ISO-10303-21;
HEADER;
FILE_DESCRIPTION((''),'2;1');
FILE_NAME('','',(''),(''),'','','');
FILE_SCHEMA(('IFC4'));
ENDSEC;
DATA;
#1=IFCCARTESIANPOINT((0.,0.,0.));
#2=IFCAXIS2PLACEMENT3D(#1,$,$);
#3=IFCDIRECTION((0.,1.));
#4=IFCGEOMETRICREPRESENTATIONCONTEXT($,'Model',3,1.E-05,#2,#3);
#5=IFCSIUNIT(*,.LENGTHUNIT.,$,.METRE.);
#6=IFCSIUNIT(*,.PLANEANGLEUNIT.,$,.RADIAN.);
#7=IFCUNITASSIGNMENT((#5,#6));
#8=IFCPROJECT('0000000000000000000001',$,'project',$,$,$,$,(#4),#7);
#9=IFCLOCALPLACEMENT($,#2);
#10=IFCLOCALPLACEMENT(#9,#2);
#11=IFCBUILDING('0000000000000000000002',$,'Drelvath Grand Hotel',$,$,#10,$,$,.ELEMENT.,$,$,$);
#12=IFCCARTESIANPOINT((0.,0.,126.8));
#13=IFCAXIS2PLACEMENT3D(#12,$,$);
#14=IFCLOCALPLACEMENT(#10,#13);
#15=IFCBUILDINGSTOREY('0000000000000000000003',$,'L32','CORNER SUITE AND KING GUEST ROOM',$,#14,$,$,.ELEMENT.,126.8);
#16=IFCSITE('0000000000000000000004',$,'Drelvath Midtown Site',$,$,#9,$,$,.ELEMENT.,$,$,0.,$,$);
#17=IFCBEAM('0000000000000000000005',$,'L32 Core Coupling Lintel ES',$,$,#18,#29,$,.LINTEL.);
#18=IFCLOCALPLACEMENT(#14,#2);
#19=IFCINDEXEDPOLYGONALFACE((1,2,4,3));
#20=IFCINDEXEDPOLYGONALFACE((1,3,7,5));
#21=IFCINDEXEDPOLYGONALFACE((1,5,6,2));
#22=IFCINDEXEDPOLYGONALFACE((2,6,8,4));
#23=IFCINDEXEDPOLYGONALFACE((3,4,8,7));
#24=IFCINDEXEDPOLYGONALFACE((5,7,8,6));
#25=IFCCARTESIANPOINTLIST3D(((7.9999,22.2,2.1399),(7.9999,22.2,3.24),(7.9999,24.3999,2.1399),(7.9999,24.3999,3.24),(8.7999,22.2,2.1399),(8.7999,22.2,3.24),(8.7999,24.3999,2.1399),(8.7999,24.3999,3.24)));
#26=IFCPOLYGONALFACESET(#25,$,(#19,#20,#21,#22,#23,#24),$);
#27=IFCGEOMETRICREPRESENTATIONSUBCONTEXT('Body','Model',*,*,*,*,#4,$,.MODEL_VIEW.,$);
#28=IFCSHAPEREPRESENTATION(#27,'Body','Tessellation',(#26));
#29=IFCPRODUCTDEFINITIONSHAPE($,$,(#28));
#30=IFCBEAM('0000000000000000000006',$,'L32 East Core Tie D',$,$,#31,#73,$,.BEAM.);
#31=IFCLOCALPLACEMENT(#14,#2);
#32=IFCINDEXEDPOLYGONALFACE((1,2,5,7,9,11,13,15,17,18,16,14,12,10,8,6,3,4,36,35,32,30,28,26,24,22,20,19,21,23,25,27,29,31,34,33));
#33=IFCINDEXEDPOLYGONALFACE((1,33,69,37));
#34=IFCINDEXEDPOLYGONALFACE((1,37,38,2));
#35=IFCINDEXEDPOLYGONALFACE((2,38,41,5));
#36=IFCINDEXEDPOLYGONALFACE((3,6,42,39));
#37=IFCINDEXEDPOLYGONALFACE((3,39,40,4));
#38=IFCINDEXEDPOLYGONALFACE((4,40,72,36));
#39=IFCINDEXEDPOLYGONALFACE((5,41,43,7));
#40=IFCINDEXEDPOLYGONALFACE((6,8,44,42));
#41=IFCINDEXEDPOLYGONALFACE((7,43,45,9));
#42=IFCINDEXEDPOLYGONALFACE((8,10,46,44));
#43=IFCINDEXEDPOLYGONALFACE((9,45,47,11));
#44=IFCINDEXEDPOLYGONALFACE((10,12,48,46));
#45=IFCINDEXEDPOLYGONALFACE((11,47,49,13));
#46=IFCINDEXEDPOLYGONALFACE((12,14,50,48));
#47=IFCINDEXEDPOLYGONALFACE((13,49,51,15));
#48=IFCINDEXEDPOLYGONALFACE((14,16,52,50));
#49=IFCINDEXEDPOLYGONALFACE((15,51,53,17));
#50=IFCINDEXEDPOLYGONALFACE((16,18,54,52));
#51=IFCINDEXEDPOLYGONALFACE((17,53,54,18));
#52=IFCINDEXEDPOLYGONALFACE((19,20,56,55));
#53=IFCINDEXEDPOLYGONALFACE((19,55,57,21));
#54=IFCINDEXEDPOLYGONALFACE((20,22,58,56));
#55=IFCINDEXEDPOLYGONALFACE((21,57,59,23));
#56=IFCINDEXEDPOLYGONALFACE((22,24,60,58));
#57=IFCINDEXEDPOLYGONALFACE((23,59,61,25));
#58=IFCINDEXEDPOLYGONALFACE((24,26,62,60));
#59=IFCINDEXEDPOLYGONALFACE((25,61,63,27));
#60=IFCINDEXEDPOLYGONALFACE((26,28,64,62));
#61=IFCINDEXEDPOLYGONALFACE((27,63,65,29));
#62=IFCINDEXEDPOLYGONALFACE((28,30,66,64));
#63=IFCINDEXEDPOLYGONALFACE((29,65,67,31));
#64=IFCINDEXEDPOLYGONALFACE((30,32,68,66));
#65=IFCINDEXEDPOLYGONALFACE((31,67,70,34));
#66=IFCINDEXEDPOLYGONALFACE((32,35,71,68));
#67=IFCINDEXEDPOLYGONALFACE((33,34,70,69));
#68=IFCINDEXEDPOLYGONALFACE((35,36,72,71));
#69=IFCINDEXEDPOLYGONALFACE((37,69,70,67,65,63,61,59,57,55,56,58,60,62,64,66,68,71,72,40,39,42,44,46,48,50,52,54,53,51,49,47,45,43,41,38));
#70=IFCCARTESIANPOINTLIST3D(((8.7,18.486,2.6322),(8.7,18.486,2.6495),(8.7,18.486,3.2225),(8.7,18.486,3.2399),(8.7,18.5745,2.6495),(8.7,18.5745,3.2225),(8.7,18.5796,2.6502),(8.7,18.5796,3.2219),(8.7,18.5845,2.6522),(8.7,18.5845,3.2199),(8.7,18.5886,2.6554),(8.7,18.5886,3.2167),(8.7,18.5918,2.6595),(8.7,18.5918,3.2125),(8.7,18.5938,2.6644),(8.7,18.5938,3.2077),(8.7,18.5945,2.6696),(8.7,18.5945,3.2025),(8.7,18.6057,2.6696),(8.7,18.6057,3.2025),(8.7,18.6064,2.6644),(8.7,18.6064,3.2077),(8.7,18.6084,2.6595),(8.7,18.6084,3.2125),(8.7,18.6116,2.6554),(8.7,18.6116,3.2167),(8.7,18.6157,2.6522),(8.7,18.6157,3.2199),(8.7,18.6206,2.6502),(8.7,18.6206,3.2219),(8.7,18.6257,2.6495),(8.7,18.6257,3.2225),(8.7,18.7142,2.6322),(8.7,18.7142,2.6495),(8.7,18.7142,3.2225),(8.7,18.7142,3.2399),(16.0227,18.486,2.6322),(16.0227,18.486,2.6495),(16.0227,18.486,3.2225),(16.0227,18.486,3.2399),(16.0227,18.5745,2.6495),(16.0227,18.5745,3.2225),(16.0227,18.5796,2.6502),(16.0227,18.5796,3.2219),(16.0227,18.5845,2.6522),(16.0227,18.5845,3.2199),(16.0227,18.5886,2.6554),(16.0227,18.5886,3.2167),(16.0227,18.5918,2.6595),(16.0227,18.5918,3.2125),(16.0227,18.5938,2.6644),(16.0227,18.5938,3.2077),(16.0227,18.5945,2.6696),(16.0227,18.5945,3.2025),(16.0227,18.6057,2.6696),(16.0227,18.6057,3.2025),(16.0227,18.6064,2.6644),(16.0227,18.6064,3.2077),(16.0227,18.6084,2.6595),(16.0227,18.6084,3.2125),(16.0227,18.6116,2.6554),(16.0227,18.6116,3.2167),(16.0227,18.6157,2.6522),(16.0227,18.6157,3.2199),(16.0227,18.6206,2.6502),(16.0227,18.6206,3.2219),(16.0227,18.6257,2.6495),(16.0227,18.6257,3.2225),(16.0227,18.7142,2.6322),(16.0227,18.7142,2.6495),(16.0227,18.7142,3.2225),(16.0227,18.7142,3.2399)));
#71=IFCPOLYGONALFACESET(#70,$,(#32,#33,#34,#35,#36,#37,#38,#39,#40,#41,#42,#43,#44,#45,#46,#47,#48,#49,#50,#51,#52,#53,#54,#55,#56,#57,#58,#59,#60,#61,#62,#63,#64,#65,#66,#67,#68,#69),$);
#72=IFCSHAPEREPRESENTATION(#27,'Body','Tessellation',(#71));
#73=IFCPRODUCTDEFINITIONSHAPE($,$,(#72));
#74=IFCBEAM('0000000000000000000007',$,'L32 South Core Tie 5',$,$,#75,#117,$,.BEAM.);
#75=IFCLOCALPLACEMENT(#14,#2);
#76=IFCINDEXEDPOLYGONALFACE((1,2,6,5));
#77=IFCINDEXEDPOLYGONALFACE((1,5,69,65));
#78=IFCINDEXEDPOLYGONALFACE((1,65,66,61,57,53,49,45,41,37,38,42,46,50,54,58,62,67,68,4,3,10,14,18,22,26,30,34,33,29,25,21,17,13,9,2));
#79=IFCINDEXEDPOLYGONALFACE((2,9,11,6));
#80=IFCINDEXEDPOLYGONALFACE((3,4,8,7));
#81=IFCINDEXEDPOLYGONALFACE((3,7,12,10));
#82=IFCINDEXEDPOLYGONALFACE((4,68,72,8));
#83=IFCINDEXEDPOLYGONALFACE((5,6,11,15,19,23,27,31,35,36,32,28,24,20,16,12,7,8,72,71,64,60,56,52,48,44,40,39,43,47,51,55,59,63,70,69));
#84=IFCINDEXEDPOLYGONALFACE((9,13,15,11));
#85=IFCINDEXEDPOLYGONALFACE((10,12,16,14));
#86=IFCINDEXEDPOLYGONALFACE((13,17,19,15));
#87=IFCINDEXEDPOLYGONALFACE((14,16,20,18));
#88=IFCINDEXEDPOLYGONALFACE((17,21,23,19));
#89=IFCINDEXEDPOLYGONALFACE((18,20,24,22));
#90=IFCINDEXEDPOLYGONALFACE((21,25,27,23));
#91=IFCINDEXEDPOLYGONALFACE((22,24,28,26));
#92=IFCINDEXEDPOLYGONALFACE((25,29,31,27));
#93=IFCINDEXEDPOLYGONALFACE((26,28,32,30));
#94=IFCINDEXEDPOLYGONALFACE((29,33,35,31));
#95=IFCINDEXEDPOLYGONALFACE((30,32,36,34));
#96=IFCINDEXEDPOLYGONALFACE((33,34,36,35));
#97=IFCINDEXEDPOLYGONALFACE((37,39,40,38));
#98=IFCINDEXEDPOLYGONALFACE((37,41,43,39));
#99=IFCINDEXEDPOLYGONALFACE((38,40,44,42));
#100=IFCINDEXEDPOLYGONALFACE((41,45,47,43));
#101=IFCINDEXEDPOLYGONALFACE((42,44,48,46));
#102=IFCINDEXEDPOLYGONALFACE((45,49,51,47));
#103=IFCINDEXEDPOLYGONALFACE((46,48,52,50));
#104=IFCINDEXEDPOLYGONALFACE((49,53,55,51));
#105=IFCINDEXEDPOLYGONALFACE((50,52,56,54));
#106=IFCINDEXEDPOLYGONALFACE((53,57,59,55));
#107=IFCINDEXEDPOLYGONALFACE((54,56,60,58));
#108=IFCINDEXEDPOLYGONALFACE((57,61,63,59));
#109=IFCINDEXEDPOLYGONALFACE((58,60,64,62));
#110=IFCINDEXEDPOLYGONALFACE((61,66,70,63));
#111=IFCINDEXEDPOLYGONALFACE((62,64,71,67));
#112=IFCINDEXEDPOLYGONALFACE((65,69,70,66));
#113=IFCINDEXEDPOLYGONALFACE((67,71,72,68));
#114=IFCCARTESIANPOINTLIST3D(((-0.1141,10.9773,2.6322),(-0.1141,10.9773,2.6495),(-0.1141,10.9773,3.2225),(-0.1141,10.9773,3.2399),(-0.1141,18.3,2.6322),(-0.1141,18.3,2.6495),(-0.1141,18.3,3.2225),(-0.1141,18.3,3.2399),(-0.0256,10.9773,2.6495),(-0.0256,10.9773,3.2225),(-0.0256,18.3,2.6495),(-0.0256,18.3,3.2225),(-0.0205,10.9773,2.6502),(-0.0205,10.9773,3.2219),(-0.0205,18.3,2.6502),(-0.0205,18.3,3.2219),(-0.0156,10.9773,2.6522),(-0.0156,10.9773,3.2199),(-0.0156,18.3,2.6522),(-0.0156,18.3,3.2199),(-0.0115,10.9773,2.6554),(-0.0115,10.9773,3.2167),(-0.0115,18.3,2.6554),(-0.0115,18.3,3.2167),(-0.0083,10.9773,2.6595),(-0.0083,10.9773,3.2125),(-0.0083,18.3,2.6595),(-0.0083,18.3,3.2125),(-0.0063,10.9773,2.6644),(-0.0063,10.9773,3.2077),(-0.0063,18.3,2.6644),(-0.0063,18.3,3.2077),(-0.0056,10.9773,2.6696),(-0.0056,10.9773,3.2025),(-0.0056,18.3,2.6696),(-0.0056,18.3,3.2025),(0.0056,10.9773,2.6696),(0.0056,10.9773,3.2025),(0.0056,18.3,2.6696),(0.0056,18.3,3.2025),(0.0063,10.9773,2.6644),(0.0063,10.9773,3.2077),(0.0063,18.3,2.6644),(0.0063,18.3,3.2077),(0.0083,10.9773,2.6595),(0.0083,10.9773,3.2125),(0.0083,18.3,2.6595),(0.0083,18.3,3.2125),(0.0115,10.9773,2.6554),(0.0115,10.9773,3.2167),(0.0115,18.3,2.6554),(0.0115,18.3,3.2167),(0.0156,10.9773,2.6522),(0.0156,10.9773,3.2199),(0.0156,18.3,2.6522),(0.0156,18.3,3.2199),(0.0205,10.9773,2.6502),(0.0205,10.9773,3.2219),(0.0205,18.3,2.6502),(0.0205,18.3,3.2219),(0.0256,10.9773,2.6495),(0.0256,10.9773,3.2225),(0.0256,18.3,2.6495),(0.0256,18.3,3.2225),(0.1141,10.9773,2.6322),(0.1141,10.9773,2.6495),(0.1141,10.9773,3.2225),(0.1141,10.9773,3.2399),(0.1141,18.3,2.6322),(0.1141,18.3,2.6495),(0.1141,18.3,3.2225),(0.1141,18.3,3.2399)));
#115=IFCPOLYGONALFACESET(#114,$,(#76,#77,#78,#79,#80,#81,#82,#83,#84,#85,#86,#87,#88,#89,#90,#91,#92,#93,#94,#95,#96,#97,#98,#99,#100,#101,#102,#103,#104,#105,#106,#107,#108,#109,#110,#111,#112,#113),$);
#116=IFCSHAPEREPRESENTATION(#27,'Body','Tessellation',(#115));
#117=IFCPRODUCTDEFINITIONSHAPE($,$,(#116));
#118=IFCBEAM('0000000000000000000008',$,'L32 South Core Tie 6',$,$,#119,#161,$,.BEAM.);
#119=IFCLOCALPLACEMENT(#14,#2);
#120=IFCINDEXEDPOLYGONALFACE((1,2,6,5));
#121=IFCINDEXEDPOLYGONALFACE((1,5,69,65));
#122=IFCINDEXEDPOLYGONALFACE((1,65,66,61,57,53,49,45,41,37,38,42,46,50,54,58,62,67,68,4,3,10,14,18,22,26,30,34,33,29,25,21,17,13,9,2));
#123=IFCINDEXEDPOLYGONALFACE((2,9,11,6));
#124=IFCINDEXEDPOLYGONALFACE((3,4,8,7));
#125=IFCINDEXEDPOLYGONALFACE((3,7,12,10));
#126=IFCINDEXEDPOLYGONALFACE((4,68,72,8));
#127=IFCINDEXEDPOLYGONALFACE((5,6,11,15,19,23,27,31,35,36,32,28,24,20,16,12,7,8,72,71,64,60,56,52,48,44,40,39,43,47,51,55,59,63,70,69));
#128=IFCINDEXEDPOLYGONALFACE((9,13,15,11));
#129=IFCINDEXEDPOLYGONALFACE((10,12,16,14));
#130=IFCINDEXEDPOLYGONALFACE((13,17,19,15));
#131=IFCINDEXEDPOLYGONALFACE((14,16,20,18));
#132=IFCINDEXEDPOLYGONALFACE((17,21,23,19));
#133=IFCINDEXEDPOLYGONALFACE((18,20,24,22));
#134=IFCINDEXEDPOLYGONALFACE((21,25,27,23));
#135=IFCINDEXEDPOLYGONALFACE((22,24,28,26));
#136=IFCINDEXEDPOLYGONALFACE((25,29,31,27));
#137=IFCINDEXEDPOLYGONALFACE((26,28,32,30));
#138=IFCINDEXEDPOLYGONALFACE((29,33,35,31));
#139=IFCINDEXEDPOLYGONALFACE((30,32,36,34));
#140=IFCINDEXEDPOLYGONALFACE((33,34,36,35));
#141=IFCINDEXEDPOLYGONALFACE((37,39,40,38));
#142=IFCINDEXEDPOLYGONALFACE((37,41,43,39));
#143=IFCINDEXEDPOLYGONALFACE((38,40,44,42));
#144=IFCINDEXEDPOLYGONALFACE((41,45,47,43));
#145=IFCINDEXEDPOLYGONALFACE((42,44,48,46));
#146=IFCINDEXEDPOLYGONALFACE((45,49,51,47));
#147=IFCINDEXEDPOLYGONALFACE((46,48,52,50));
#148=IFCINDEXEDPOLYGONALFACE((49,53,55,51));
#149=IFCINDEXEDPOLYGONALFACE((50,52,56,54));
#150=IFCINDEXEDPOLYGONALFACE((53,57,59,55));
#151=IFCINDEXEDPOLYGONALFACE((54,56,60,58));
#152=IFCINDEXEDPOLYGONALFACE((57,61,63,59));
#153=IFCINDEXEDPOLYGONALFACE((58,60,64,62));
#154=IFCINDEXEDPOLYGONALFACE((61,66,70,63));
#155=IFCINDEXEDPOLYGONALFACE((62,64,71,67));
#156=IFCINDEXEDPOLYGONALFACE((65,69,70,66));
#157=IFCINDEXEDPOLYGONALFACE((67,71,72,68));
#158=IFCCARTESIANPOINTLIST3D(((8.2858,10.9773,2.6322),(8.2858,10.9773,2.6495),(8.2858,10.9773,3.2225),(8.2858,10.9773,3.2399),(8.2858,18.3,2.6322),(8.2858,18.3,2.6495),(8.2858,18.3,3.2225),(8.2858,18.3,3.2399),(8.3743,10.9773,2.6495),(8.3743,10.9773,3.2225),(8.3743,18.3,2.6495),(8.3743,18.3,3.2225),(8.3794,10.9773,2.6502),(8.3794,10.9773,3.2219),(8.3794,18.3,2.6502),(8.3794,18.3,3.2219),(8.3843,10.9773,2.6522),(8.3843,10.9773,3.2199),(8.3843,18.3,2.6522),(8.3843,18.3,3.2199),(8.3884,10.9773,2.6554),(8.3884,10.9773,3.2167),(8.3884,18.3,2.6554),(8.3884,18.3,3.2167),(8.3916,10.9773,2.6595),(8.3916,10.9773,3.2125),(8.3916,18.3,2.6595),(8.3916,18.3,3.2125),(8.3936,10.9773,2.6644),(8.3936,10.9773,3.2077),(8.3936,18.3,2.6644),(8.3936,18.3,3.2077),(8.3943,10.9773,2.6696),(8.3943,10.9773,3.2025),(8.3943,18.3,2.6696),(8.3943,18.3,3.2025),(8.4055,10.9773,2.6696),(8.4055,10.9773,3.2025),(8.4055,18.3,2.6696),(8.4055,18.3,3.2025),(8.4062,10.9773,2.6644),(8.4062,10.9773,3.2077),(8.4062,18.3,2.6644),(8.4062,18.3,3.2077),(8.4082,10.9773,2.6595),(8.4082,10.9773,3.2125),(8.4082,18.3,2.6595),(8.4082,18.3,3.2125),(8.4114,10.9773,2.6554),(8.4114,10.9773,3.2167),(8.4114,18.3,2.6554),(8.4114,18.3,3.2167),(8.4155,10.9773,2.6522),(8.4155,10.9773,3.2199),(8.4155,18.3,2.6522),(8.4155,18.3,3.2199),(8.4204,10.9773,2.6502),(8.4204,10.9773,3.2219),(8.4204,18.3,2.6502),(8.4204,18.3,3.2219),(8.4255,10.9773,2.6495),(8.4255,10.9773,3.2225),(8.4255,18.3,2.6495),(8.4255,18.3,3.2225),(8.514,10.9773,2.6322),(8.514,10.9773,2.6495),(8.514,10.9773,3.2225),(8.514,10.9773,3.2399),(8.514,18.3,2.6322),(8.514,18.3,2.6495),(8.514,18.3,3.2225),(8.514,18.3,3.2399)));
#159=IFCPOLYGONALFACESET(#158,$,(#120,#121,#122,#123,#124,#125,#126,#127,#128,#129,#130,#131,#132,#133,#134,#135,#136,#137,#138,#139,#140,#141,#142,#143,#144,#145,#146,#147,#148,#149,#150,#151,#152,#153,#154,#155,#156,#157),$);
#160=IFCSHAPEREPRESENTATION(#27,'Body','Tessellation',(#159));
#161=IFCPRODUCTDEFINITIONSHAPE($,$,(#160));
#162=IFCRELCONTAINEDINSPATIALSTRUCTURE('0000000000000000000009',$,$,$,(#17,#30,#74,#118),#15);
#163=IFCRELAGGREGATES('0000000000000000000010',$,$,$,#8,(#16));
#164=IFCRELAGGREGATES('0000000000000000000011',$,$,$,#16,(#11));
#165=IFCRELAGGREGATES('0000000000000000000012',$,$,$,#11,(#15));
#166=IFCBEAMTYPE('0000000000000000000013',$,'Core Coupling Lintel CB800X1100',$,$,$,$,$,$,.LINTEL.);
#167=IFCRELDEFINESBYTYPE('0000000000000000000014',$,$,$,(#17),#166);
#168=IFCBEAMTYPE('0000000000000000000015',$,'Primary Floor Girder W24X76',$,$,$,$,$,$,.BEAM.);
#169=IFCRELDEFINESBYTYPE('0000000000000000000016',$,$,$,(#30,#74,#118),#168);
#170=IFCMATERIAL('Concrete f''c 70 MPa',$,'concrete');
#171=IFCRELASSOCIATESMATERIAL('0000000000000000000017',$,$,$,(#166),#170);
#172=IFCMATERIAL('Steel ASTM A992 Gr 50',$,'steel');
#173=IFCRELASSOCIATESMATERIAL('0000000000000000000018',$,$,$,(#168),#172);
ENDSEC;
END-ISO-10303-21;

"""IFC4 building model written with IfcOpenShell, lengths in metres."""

from ifc_helpers import new_model, si_unit, direction, frame, origin, origin_2d, place, context, subcontext, project, spatial, rectangle, i_section, extrude, material, material_profile, profile_set, type_object, element, save


model = new_model("IFC4")

# Units and contexts
model_context = context("Model", 3, precision=1e-05, world=origin(), true_north=direction((0.0, 1.0)))
body_context = subcontext(model_context, "Body", "Model", "MODEL_VIEW")
ifc_project = project(units=[si_unit("LENGTHUNIT", "METRE"), si_unit("PLANEANGLEUNIT", "RADIAN")], contexts=[model_context])

# Site, building, storey
site_placement = place(None, origin())
site = spatial("IfcSite", under=ifc_project, at=site_placement, Name="Drelvath Midtown Site", CompositionType="ELEMENT", RefElevation=0.0)
building_placement = place(site_placement, origin())
building = spatial("IfcBuilding", under=site, at=building_placement, Name="Drelvath Grand Hotel", CompositionType="ELEMENT")
storey_placement = place(building_placement, frame((0.0, 0.0, 126.8)))
storey = spatial("IfcBuildingStorey", under=building, at=storey_placement, Name="L32", Description="CORNER SUITE AND KING GUEST ROOM", CompositionType="ELEMENT", Elevation=126.8)

# Beams
ifc_material_1 = material(Name="Concrete f'c 70 MPa", Category="concrete")
ifc_material_profile_1 = material_profile(ifc_material_1, rectangle(XDim=0.8, YDim=1.1001, at=origin_2d()), Name="CB800X1100")
ifc_profile_set_1 = profile_set([ifc_material_profile_1], Name="Concrete f'c 70 MPa")
beam_type_1 = type_object("IfcBeamType", Name="Core Coupling Lintel CB800X1100", PredefinedType="LINTEL", material=ifc_profile_set_1)
beam_placement = place(storey_placement, frame((8.3999, 22.2, 2.6899), z_axis=(0.0, 1.0, 0.0), x_axis=(-1.0, 0.0, 0.0)))
element("IfcBeam", 1, at=beam_placement, inside=storey, type_object=beam_type_1, Name="L32 Core Coupling Lintel ES", PredefinedType="LINTEL", context=body_context, shape_type="SweptSolid", body=[
    extrude(rectangle(XDim=0.8, YDim=1.1001, at=origin_2d()), origin(), (0.0, 0.0, 1.0), 2.2),
])
ifc_material_2 = material(Name="Steel ASTM A992 Gr 50", Category="steel")
ifc_material_profile_2 = material_profile(ifc_material_2, i_section(OverallWidth=0.2283, OverallDepth=0.6077, WebThickness=0.0112, FlangeThickness=0.0173, FilletRadius=0.02, at=origin_2d()), Name="W24X76")
ifc_profile_set_2 = profile_set([ifc_material_profile_2], Name="Steel ASTM A992 Gr 50")
beam_type_2 = type_object("IfcBeamType", Name="Primary Floor Girder W24X76", PredefinedType="BEAM", material=ifc_profile_set_2)
for number, where, z_axis, x_axis, name in (
    (2, (8.7, 18.6001, 2.936), (1.0, 0.0, 0.0), (0.0, 1.0, 0.0), "L32 East Core Tie D"),
    (3, (0.0, 10.9773, 2.936), (0.0, 1.0, 0.0), (-1.0, 0.0, 0.0), "L32 South Core Tie 5"),
    (4, (8.3999, 10.9773, 2.936), (0.0, 1.0, 0.0), (-1.0, 0.0, 0.0), "L32 South Core Tie 6"),
):
    element("IfcBeam", number, at=place(storey_placement, frame(where, z_axis=z_axis, x_axis=x_axis)), inside=storey, type_object=beam_type_2, Name=name, PredefinedType="BEAM", context=body_context, shape_type="SweptSolid", body=[
        extrude(i_section(OverallWidth=0.2283, OverallDepth=0.6077, WebThickness=0.0112, FlangeThickness=0.0173, FilletRadius=0.02, at=origin_2d()), origin(), (0.0, 0.0, 1.0), 7.3228),
    ])

save(model, "model.ifc")
